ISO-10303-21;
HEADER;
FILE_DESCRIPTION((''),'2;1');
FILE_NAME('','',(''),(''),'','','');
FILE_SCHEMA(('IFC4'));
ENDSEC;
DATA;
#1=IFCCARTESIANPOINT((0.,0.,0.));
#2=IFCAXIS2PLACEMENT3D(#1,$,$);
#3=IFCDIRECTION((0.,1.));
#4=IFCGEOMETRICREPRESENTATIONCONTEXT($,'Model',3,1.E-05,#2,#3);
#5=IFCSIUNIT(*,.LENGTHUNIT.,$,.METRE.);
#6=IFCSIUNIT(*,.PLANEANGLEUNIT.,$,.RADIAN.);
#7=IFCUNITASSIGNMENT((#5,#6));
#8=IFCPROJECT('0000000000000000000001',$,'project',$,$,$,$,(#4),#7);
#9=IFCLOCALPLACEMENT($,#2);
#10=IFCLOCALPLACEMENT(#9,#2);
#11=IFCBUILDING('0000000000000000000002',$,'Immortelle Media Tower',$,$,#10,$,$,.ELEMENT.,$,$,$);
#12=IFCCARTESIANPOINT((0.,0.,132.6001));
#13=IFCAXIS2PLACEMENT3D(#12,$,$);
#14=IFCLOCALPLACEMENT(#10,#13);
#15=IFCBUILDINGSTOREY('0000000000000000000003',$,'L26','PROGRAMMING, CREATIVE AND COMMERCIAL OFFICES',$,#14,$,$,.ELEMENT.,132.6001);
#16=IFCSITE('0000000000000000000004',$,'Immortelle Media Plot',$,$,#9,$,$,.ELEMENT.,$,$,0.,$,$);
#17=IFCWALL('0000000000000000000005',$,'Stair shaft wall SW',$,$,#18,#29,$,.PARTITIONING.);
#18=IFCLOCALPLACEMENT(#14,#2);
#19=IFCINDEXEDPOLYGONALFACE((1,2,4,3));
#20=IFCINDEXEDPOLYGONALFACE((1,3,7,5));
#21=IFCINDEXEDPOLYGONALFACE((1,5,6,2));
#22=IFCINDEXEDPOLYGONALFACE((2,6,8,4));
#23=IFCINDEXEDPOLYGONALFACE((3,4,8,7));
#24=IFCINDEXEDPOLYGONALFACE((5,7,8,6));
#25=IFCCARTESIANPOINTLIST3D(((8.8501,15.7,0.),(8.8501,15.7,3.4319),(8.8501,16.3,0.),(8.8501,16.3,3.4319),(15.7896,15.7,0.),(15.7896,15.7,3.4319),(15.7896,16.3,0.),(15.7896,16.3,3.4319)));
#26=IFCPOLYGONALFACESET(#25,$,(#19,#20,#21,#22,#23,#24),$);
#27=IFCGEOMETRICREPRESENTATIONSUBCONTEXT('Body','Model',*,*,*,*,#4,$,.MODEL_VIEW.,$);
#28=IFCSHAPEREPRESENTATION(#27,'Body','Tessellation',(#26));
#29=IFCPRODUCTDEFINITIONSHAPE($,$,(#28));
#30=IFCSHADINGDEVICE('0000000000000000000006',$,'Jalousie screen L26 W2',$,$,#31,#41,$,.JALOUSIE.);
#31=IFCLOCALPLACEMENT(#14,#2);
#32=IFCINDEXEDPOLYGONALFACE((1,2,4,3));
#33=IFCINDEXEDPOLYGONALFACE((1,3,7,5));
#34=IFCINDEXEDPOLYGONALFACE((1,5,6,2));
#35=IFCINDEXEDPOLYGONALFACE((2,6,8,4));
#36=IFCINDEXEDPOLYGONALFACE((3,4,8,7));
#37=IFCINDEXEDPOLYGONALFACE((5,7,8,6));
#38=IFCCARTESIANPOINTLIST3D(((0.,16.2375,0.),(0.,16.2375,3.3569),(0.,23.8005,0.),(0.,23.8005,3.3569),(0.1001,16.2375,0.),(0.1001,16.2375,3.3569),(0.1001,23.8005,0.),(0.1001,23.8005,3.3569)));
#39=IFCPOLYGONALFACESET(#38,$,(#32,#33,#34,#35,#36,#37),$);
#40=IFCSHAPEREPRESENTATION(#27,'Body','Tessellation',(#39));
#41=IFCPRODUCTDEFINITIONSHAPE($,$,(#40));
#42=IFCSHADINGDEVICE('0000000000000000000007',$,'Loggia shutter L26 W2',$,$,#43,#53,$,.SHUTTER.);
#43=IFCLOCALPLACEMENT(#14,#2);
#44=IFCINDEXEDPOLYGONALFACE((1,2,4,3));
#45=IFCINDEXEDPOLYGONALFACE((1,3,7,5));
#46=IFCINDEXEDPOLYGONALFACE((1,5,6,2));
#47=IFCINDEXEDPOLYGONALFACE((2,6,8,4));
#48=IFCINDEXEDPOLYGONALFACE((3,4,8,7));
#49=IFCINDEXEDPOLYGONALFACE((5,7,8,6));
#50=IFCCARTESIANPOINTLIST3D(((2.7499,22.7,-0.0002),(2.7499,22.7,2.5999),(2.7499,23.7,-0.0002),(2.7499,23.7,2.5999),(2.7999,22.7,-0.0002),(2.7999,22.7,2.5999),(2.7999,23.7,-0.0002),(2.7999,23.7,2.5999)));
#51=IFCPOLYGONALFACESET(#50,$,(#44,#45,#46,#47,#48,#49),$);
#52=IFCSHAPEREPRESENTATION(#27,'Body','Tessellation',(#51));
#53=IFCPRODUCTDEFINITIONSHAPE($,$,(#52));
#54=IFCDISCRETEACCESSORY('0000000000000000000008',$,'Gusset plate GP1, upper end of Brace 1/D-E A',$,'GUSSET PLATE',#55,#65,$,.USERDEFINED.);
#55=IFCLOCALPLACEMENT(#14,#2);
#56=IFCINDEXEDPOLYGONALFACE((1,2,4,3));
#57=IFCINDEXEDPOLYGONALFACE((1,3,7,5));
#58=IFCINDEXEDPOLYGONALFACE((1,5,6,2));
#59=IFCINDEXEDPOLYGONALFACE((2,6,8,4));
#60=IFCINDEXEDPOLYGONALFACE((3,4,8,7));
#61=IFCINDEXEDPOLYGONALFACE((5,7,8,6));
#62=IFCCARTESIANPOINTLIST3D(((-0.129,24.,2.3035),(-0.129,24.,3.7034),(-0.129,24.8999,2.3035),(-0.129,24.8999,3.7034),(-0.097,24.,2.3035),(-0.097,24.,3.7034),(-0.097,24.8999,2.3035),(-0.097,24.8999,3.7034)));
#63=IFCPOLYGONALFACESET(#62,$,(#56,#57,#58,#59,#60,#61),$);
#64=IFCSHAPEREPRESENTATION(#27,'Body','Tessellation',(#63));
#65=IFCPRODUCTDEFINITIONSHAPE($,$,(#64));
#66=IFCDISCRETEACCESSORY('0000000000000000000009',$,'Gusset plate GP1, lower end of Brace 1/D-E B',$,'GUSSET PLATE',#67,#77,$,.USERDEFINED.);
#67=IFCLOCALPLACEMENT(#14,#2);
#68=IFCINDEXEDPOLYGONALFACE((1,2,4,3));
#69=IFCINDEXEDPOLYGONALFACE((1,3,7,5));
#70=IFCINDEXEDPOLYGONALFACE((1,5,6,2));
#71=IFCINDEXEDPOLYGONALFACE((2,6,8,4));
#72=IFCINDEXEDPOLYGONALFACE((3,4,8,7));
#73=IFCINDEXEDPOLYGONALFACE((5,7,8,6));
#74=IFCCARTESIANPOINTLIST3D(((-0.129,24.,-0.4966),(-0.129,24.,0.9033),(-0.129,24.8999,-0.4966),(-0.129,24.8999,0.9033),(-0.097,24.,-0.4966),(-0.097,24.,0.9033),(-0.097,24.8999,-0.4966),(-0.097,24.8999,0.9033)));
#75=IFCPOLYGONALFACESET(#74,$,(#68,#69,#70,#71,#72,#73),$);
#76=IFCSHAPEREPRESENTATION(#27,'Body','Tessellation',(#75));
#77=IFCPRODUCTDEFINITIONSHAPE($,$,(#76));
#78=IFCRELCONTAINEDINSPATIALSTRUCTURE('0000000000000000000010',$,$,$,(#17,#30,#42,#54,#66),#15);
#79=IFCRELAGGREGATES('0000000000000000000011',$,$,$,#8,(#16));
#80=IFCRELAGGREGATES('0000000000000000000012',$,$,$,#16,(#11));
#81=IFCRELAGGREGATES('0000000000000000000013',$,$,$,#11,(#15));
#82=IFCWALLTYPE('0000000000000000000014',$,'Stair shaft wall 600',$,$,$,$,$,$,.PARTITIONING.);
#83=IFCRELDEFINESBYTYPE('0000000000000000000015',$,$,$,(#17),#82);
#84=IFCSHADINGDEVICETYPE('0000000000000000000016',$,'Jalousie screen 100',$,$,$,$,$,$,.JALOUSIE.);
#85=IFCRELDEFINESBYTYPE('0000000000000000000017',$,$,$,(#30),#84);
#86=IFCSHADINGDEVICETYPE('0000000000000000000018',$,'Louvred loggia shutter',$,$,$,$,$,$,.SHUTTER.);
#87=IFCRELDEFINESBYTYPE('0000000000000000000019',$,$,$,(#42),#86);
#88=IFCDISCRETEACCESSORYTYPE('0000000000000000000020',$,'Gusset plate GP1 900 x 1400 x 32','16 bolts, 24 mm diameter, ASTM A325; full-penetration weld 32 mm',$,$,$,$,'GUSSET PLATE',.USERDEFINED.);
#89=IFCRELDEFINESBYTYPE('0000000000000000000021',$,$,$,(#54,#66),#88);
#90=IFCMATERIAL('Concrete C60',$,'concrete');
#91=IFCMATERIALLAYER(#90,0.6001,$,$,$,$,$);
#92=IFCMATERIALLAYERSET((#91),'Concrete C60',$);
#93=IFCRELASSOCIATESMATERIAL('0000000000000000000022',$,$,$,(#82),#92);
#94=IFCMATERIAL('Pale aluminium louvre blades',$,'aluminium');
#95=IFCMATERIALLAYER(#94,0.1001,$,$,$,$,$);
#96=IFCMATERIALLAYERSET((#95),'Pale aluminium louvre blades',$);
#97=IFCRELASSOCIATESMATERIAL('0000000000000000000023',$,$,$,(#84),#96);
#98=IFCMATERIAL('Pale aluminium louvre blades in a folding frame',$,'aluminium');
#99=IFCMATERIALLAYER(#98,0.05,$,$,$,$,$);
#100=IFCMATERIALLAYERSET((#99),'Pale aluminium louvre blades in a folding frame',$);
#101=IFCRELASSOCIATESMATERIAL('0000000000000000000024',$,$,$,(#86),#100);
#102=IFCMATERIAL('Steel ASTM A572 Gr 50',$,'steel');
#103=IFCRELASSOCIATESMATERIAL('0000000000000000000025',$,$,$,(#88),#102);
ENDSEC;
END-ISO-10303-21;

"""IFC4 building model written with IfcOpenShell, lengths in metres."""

from ifc_helpers import new_model, si_unit, direction, frame, frame_2d, origin, origin_2d, place, context, subcontext, project, spatial, rectangle, extrude, material, layer, layer_set, material_profile, profile_set, type_object, element, save


model = new_model("IFC4")

# Units and contexts
model_context = context("Model", 3, precision=1e-05, world=origin(), true_north=direction((0.0, 1.0)))
body_context = subcontext(model_context, "Body", "Model", "MODEL_VIEW")
ifc_project = project(units=[si_unit("LENGTHUNIT", "METRE"), si_unit("PLANEANGLEUNIT", "RADIAN")], contexts=[model_context])

# Site, building, storey
site_placement = place(None, origin())
site = spatial("IfcSite", under=ifc_project, at=site_placement, Name="Immortelle Media Plot", CompositionType="ELEMENT", RefElevation=0.0)
building_placement = place(site_placement, origin())
building = spatial("IfcBuilding", under=site, at=building_placement, Name="Immortelle Media Tower", CompositionType="ELEMENT")
storey_placement = place(building_placement, frame((0.0, 0.0, 132.6001)))
storey = spatial("IfcBuildingStorey", under=building, at=storey_placement, Name="L26", Description="PROGRAMMING, CREATIVE AND COMMERCIAL OFFICES", CompositionType="ELEMENT", Elevation=132.6001)

# Wall
ifc_material_1 = material(Name="Concrete C60", Category="concrete")
ifc_layer_1 = layer(ifc_material_1, 0.6001)
ifc_layer_set_1 = layer_set([ifc_layer_1], Name="Concrete C60")
wall_type_1 = type_object("IfcWallType", Name="Stair shaft wall 600", PredefinedType="PARTITIONING", material=ifc_layer_set_1)
wall_1_placement = place(storey_placement, frame((8.8501, 16.0, 0.0), z_axis=(0.0, 0.0, 1.0), x_axis=(1.0, 0.0, 0.0)))
element("IfcWall", 1, at=wall_1_placement, inside=storey, type_object=wall_type_1, Name="Stair shaft wall SW", PredefinedType="PARTITIONING", context=body_context, shape_type="SweptSolid", body=[
    extrude(rectangle(XDim=6.9395, YDim=0.6001, at=frame_2d((3.4697, 0.0))), origin(), (0.0, 0.0, 1.0), 3.4319),
])

# Shading devices
ifc_material_2 = material(Name="Pale aluminium louvre blades", Category="aluminium")
ifc_layer_2 = layer(ifc_material_2, 0.1001)
ifc_layer_set_2 = layer_set([ifc_layer_2], Name="Pale aluminium louvre blades")
shading_device_type_1 = type_object("IfcShadingDeviceType", Name="Jalousie screen 100", PredefinedType="JALOUSIE", material=ifc_layer_set_2)
shading_device_1_placement = place(storey_placement, frame((0.05, 20.019, 0.0), z_axis=(0.0, 0.0, 1.0), x_axis=(0.0, -1.0, 0.0)))
element("IfcShadingDevice", 2, at=shading_device_1_placement, inside=storey, type_object=shading_device_type_1, Name="Jalousie screen L26 W2", PredefinedType="JALOUSIE", context=body_context, shape_type="SweptSolid", body=[
    extrude(rectangle(XDim=7.563, YDim=0.1001, at=origin_2d()), origin(), (0.0, 0.0, 1.0), 3.3569),
])
ifc_material_3 = material(Name="Pale aluminium louvre blades in a folding frame", Category="aluminium")
ifc_layer_3 = layer(ifc_material_3, 0.05)
ifc_layer_set_3 = layer_set([ifc_layer_3], Name="Pale aluminium louvre blades in a folding frame")
shading_device_type_2 = type_object("IfcShadingDeviceType", Name="Louvred loggia shutter", PredefinedType="SHUTTER", material=ifc_layer_set_3)
shading_device_2_placement = place(storey_placement, frame((2.7749, 23.2, -0.0002), z_axis=(0.0, 0.0, 1.0), x_axis=(0.0, -1.0, 0.0)))
element("IfcShadingDevice", 3, at=shading_device_2_placement, inside=storey, type_object=shading_device_type_2, Name="Loggia shutter L26 W2", PredefinedType="SHUTTER", context=body_context, shape_type="SweptSolid", body=[
    extrude(rectangle(XDim=1.0, YDim=0.05, at=origin_2d()), origin(), (0.0, 0.0, 1.0), 2.6001),
])

# Discrete accessories
ifc_material_4 = material(Name="Steel ASTM A572 Gr 50", Category="steel")
ifc_material_profile_1 = material_profile(ifc_material_4, rectangle(XDim=0.032, YDim=1.3999, at=origin_2d()), Name="PL 32 x 1400")
ifc_profile_set_1 = profile_set([ifc_material_profile_1], Name="Steel ASTM A572 Gr 50")
discrete_accessory_type = type_object("IfcDiscreteAccessoryType", Name="Gusset plate GP1 900 x 1400 x 32", Description="16 bolts, 24 mm diameter, ASTM A325; full-penetration weld 32 mm", ElementType="GUSSET PLATE", PredefinedType="USERDEFINED", material=ifc_profile_set_1)
for number, where, z_axis, x_axis, name in (
    (4, (-0.113, 24.0, 3.0034), (0.0, 1.0, 0.0), (-1.0, 0.0, 0.0), "Gusset plate GP1, upper end of Brace 1/D-E A"),
    (5, (-0.113, 24.0, 0.2034), (0.0, 1.0, 0.0), (-1.0, 0.0, 0.0), "Gusset plate GP1, lower end of Brace 1/D-E B"),
):
    element("IfcDiscreteAccessory", number, at=place(storey_placement, frame(where, z_axis=z_axis, x_axis=x_axis)), inside=storey, type_object=discrete_accessory_type, Name=name, ObjectType="GUSSET PLATE", PredefinedType="USERDEFINED", context=body_context, shape_type="SweptSolid", body=[
        extrude(rectangle(XDim=0.032, YDim=1.3999, at=origin_2d()), origin(), (0.0, 0.0, 1.0), 0.8999),
    ])

save(model, "model.ifc")
